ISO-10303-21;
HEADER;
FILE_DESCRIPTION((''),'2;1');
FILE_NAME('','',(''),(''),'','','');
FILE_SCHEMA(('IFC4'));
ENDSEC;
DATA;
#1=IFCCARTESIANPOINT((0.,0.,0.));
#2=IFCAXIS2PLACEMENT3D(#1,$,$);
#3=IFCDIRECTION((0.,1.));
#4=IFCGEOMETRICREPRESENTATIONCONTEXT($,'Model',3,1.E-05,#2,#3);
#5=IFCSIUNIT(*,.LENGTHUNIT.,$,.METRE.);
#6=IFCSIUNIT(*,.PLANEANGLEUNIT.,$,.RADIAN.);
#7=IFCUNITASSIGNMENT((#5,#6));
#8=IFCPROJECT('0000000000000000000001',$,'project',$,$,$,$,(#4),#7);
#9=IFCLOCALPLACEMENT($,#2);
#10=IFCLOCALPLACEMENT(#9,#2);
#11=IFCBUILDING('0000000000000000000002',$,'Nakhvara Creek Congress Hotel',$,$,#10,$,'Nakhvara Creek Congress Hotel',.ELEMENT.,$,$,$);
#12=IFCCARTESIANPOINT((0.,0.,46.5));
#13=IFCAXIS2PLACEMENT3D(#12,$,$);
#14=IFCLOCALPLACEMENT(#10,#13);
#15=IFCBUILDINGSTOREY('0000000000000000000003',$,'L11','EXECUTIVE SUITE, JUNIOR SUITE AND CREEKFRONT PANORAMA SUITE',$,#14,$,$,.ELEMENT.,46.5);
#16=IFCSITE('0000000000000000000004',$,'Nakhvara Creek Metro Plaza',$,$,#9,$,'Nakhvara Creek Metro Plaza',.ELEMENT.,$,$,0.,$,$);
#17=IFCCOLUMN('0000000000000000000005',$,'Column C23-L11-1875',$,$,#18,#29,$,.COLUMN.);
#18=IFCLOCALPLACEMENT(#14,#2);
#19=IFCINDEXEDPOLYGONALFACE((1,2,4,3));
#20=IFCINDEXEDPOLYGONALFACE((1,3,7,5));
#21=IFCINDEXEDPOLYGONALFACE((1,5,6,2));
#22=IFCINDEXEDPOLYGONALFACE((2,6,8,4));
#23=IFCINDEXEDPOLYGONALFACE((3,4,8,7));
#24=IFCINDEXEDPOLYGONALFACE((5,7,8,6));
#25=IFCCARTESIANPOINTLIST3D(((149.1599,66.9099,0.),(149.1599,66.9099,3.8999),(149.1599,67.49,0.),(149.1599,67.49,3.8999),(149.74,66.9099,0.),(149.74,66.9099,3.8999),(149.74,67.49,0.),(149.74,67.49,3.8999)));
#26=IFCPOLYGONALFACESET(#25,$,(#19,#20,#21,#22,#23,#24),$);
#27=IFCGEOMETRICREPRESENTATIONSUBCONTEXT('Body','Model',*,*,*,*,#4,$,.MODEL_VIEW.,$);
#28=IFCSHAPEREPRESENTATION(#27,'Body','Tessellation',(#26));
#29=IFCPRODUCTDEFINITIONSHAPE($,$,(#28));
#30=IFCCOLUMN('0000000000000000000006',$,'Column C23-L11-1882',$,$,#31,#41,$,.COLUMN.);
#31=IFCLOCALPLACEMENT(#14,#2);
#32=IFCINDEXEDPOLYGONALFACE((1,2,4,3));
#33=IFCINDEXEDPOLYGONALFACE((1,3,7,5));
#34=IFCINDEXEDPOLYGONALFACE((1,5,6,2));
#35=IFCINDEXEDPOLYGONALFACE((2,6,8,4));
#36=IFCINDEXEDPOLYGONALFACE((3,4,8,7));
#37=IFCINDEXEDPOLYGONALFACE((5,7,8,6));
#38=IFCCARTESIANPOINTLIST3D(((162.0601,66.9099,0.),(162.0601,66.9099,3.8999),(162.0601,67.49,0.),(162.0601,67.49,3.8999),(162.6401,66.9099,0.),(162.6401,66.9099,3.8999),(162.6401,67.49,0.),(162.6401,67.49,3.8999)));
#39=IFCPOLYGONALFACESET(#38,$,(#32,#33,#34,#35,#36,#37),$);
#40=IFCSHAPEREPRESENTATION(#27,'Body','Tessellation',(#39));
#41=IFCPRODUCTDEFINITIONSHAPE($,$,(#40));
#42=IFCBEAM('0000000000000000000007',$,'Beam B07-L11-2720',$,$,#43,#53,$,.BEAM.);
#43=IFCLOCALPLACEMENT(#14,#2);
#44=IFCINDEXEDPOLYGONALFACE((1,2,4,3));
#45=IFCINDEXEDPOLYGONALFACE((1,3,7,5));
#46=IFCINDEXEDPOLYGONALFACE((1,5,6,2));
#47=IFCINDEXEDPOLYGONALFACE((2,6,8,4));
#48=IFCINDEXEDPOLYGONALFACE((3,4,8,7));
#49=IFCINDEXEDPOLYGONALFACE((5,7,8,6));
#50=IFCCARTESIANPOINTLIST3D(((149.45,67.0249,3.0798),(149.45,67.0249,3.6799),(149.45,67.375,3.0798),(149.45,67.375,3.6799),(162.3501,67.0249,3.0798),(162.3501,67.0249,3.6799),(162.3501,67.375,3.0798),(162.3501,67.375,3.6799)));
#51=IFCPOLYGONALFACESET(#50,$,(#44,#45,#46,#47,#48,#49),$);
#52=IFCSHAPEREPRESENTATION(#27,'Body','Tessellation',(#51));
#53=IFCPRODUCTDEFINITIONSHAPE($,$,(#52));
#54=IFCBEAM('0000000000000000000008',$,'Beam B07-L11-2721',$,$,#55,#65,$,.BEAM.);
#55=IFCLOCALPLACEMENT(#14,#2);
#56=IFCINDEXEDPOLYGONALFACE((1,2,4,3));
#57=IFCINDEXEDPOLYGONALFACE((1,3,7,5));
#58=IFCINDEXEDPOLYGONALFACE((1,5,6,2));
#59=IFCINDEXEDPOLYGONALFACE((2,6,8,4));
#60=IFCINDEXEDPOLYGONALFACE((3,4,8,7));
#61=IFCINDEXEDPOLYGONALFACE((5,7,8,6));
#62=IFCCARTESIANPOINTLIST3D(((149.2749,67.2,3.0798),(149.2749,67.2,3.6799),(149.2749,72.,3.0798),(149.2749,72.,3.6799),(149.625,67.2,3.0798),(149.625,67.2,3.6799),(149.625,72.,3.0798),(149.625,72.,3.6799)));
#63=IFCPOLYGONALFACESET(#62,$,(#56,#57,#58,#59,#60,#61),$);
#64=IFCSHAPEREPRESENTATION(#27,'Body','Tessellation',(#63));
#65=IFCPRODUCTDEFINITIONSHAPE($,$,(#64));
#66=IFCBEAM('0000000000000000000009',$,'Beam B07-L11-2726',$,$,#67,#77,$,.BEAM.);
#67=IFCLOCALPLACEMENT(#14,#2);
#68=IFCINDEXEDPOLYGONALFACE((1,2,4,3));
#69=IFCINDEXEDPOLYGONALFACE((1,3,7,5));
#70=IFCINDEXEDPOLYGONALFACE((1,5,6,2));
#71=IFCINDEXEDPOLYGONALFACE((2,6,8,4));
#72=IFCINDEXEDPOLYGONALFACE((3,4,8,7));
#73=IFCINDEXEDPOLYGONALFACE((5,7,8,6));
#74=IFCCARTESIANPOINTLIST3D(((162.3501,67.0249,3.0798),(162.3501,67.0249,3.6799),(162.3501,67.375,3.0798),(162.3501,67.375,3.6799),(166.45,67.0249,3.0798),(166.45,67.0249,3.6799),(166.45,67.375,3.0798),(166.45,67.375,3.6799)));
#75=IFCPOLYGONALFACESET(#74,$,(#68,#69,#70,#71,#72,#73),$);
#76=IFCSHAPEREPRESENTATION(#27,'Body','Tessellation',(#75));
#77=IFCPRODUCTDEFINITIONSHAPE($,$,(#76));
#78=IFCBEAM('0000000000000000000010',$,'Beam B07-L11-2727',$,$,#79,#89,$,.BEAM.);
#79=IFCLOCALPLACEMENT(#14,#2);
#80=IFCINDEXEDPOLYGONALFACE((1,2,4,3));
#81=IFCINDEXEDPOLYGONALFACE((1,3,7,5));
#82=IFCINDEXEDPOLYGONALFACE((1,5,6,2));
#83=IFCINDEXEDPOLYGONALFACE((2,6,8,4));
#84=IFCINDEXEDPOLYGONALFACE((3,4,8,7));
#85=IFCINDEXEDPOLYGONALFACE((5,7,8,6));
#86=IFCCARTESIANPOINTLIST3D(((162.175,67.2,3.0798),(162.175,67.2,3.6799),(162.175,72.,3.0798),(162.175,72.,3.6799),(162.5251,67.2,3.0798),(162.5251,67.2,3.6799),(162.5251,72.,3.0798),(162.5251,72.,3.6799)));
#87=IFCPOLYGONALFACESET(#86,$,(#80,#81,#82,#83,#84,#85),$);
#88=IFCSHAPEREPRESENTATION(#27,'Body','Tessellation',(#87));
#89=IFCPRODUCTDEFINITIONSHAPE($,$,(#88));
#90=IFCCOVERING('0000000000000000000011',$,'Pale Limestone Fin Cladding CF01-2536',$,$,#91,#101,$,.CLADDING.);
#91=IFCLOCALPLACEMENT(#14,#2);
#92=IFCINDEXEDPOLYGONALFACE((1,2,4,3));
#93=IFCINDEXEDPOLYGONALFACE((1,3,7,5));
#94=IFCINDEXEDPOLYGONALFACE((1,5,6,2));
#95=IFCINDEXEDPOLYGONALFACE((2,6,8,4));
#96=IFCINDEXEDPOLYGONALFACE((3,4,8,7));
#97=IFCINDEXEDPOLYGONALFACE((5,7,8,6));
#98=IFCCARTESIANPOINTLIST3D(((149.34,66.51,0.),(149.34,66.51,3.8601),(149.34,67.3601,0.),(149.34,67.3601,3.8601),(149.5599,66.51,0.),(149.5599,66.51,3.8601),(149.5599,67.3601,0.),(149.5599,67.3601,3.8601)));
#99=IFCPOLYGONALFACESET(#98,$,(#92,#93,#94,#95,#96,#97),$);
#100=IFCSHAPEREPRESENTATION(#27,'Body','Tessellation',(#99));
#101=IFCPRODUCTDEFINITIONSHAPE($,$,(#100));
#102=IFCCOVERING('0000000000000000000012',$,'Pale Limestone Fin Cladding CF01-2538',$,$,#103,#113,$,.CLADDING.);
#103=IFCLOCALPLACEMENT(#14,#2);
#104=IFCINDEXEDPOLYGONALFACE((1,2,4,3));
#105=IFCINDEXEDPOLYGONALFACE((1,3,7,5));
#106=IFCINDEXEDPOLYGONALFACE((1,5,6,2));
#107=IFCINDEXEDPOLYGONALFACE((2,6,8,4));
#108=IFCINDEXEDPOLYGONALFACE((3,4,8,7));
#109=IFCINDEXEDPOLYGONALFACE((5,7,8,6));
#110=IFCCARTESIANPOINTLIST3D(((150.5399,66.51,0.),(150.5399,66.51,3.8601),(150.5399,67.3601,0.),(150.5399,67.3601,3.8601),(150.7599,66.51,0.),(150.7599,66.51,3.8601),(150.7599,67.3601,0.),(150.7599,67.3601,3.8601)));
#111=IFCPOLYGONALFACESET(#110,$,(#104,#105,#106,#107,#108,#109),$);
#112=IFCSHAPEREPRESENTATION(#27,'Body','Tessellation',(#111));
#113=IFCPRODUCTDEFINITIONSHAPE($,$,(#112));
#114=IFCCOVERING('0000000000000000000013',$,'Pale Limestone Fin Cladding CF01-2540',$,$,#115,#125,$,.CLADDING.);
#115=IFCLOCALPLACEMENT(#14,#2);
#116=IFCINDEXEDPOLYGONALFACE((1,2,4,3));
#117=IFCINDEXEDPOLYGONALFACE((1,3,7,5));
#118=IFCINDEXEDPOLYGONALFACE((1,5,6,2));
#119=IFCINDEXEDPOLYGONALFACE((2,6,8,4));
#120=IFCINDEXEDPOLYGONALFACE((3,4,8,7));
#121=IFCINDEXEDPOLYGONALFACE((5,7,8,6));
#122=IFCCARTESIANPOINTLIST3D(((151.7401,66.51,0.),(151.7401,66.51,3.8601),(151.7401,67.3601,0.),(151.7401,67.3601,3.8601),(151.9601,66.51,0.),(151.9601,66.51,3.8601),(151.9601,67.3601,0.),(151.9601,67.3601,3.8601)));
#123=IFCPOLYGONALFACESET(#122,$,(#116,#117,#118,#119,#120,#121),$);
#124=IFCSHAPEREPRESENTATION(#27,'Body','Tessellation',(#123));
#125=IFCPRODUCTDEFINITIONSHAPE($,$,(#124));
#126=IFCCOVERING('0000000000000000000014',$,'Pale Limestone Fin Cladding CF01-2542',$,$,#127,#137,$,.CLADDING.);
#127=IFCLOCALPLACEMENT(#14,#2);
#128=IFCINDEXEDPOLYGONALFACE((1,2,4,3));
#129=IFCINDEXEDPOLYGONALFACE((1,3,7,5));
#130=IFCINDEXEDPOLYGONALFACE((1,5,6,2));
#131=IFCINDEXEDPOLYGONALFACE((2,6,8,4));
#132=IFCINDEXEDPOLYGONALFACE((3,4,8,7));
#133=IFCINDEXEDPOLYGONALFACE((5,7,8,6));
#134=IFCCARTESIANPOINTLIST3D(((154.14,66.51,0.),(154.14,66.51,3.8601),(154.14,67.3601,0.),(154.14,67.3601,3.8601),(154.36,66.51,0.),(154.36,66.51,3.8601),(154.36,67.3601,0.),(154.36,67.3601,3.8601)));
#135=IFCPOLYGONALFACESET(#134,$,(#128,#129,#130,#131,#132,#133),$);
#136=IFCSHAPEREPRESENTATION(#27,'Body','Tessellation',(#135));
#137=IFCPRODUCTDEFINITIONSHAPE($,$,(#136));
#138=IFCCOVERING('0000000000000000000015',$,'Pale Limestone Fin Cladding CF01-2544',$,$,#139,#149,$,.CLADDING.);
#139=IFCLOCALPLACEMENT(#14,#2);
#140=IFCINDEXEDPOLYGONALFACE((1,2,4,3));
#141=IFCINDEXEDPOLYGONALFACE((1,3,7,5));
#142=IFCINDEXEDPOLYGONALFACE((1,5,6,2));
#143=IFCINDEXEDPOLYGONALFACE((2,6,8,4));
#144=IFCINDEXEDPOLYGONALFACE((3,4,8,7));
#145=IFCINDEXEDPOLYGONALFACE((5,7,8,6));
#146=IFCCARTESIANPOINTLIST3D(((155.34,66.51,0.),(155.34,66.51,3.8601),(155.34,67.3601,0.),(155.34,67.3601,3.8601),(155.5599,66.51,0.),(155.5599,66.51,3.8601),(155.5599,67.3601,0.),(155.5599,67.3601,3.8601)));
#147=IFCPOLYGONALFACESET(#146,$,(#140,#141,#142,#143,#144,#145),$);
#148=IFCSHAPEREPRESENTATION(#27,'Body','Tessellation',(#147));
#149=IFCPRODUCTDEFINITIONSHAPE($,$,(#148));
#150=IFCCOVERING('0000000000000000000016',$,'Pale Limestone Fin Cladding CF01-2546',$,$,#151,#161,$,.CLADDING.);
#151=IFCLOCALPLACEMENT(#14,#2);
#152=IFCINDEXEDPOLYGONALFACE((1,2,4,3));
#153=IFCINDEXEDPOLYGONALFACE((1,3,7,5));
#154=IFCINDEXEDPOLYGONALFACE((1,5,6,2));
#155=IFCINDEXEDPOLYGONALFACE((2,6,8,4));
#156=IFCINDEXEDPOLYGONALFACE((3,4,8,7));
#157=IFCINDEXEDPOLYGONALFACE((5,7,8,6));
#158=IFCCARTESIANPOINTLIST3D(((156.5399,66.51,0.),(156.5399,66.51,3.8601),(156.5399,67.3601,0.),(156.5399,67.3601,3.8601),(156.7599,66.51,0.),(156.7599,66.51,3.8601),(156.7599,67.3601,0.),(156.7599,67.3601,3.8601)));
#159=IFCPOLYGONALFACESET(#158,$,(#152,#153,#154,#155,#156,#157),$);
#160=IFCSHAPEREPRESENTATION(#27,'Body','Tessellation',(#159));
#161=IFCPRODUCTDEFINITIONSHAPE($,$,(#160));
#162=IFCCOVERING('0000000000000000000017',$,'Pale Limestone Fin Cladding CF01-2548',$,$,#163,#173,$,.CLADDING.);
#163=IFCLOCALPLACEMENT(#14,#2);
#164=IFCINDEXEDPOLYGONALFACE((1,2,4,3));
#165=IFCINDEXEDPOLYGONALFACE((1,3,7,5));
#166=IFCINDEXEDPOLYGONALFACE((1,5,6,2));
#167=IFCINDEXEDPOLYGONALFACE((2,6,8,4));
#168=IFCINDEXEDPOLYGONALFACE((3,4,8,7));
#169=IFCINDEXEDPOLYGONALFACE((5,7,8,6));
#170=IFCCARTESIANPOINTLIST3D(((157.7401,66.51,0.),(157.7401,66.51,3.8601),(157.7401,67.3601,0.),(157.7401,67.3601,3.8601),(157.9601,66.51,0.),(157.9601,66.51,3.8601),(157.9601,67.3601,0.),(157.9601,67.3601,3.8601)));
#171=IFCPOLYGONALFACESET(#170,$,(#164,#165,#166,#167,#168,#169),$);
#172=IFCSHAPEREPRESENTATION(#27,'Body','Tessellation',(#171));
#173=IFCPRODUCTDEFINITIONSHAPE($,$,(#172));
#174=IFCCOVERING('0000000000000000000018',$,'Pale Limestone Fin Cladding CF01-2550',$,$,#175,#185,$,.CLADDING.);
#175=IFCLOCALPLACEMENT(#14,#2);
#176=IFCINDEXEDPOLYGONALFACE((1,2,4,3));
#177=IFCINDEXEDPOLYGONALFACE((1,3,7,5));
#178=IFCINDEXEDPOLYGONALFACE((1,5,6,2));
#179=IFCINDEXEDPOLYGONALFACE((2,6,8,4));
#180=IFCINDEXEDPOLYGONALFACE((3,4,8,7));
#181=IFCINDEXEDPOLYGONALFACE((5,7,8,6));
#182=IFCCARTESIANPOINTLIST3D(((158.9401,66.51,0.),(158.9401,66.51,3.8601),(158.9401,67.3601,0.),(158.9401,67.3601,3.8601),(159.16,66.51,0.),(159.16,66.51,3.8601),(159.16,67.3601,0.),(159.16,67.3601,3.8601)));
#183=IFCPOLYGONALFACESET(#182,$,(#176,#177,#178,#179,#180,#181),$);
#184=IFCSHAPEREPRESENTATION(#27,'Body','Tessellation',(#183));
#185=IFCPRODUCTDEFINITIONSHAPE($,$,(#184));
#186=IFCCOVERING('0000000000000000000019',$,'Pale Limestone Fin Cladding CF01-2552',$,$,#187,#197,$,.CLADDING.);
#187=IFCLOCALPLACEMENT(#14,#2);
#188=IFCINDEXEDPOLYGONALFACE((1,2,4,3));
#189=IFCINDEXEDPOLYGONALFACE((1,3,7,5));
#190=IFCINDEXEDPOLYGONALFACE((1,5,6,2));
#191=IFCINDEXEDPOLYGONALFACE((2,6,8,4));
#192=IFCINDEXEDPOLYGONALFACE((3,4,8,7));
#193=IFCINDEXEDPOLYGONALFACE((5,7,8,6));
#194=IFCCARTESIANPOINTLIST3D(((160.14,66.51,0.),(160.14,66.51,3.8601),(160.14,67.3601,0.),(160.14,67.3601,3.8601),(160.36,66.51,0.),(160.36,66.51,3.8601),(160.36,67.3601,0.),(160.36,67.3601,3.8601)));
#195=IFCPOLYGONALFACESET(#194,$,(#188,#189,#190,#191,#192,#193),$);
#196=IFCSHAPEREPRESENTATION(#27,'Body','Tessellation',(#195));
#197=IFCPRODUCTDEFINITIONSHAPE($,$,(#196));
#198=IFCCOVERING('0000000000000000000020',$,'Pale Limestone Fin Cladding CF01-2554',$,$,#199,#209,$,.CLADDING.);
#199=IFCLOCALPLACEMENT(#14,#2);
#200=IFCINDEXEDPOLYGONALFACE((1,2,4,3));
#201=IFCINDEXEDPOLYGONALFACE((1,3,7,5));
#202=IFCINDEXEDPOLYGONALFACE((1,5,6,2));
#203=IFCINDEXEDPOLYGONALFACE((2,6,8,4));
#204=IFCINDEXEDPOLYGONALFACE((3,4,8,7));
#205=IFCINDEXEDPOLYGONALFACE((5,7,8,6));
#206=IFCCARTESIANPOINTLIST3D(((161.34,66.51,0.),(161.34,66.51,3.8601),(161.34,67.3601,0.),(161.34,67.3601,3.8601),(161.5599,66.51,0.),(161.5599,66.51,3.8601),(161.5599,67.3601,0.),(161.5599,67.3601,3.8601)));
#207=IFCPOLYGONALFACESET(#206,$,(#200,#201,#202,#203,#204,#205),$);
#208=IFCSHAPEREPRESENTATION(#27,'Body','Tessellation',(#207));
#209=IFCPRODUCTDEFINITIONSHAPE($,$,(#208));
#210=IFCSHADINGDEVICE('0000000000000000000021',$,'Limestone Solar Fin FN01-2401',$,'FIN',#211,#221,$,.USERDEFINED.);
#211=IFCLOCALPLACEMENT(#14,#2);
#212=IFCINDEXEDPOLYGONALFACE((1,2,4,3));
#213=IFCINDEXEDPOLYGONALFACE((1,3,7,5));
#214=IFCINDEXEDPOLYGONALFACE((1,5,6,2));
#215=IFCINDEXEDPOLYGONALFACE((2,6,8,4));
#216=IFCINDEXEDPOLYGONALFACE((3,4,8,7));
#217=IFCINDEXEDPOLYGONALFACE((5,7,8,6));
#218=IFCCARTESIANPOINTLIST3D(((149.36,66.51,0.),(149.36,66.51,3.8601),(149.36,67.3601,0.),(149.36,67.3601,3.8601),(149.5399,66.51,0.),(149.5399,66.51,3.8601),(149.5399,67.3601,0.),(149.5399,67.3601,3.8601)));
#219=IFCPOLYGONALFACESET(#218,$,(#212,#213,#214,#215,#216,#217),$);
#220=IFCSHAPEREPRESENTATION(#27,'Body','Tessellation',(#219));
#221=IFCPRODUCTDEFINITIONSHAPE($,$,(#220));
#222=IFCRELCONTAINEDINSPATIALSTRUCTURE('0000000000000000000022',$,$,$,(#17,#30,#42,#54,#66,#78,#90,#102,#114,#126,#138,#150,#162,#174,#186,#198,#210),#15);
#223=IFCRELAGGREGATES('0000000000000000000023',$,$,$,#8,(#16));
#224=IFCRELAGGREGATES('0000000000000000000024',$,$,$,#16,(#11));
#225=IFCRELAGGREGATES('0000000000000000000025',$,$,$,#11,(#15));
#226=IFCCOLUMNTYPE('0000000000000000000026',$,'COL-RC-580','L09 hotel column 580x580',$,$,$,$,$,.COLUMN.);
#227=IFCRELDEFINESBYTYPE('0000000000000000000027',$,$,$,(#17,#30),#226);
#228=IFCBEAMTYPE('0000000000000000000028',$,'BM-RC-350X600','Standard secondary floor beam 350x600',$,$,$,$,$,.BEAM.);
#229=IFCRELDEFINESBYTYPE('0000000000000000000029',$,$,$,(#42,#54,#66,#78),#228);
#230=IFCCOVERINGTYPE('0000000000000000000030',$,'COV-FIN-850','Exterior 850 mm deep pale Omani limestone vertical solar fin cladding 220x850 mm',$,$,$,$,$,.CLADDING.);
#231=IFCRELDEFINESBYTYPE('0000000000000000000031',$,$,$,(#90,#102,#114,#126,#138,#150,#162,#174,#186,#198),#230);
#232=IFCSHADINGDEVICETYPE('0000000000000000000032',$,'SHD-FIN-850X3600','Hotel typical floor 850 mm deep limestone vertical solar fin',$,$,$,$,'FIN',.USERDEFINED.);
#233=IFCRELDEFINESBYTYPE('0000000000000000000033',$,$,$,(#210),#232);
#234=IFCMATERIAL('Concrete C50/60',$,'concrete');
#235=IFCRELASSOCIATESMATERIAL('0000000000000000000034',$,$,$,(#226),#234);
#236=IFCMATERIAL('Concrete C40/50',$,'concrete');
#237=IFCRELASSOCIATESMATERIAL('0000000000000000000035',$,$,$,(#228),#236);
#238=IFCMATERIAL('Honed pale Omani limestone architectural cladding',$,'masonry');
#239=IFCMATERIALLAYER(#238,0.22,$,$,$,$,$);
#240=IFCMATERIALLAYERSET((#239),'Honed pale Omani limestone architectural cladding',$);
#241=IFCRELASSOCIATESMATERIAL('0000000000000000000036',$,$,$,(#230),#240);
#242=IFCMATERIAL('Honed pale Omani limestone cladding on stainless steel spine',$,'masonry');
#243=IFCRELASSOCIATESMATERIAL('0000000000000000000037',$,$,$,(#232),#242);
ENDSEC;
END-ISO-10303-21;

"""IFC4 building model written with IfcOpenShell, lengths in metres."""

from ifc_helpers import new_model, si_unit, direction, frame, origin, origin_2d, place, context, subcontext, project, spatial, rectangle, extrude, material, layer, layer_set, material_profile, profile_set, type_object, element, save


model = new_model("IFC4")

# Units and contexts
model_context = context("Model", 3, precision=1e-05, world=origin(), true_north=direction((0.0, 1.0)))
body_context = subcontext(model_context, "Body", "Model", "MODEL_VIEW")
ifc_project = project(units=[si_unit("LENGTHUNIT", "METRE"), si_unit("PLANEANGLEUNIT", "RADIAN")], contexts=[model_context])

# Site, building, storey
site_placement = place(None, origin())
site = spatial("IfcSite", under=ifc_project, at=site_placement, Name="Nakhvara Creek Metro Plaza", LongName="Nakhvara Creek Metro Plaza", CompositionType="ELEMENT", RefElevation=0.0)
building_placement = place(site_placement, origin())
building = spatial("IfcBuilding", under=site, at=building_placement, Name="Nakhvara Creek Congress Hotel", LongName="Nakhvara Creek Congress Hotel", CompositionType="ELEMENT")
storey_placement = place(building_placement, frame((0.0, 0.0, 46.5)))
storey = spatial("IfcBuildingStorey", under=building, at=storey_placement, Name="L11", Description="EXECUTIVE SUITE, JUNIOR SUITE AND CREEKFRONT PANORAMA SUITE", CompositionType="ELEMENT", Elevation=46.5)

# Columns
ifc_material_1 = material(Name="Concrete C50/60", Category="concrete")
ifc_material_profile_1 = material_profile(ifc_material_1, rectangle(XDim=0.5801, YDim=0.5801, at=origin_2d()), Name="RC-COL 580x580", Category="LoadBearing")
ifc_profile_set_1 = profile_set([ifc_material_profile_1], Name="Concrete C50/60")
column_type = type_object("IfcColumnType", Name="COL-RC-580", Description="L09 hotel column 580x580", PredefinedType="COLUMN", material=ifc_profile_set_1)
for number, where, z_axis, x_axis, name in (
    (1, (149.45, 67.2, 0.0), (0.0, 0.0, 1.0), (1.0, 0.0, 0.0), "Column C23-L11-1875"),
    (2, (162.3501, 67.2, 0.0), (0.0, 0.0, 1.0), (1.0, 0.0, 0.0), "Column C23-L11-1882"),
):
    element("IfcColumn", number, at=place(storey_placement, frame(where, z_axis=z_axis, x_axis=x_axis)), inside=storey, type_object=column_type, Name=name, PredefinedType="COLUMN", context=body_context, shape_type="SweptSolid", body=[
        extrude(rectangle(XDim=0.5801, YDim=0.5801, at=origin_2d()), origin(), (0.0, 0.0, 1.0), 3.8999),
    ])

# Beams
ifc_material_2 = material(Name="Concrete C40/50", Category="concrete")
ifc_material_profile_2 = material_profile(ifc_material_2, rectangle(XDim=0.3501, YDim=0.6001, at=origin_2d()), Name="RC-BM 350x600", Category="LoadBearing")
ifc_profile_set_2 = profile_set([ifc_material_profile_2], Name="Concrete C40/50")
beam_type = type_object("IfcBeamType", Name="BM-RC-350X600", Description="Standard secondary floor beam 350x600", PredefinedType="BEAM", material=ifc_profile_set_2)
beam_1_placement = place(storey_placement, frame((149.45, 67.2, 3.3799), z_axis=(1.0, 0.0, 0.0), x_axis=(0.0, 1.0, 0.0)))
element("IfcBeam", 3, at=beam_1_placement, inside=storey, type_object=beam_type, Name="Beam B07-L11-2720", PredefinedType="BEAM", context=body_context, shape_type="SweptSolid", body=[
    extrude(rectangle(XDim=0.3501, YDim=0.6001, at=origin_2d()), origin(), (0.0, 0.0, 1.0), 12.9001),
])
beam_2_placement = place(storey_placement, frame((149.45, 67.2, 3.3799), z_axis=(0.0, 1.0, 0.0), x_axis=(-1.0, 0.0, 0.0)))
element("IfcBeam", 4, at=beam_2_placement, inside=storey, type_object=beam_type, Name="Beam B07-L11-2721", PredefinedType="BEAM", context=body_context, shape_type="SweptSolid", body=[
    extrude(rectangle(XDim=0.3501, YDim=0.6001, at=origin_2d()), origin(), (0.0, 0.0, 1.0), 4.8),
])
beam_3_placement = place(storey_placement, frame((162.3501, 67.2, 3.3799), z_axis=(1.0, 0.0, 0.0), x_axis=(0.0, 1.0, 0.0)))
element("IfcBeam", 5, at=beam_3_placement, inside=storey, type_object=beam_type, Name="Beam B07-L11-2726", PredefinedType="BEAM", context=body_context, shape_type="SweptSolid", body=[
    extrude(rectangle(XDim=0.3501, YDim=0.6001, at=origin_2d()), origin(), (0.0, 0.0, 1.0), 4.0999),
])
beam_4_placement = place(storey_placement, frame((162.3501, 67.2, 3.3799), z_axis=(0.0, 1.0, 0.0), x_axis=(-1.0, 0.0, 0.0)))
element("IfcBeam", 6, at=beam_4_placement, inside=storey, type_object=beam_type, Name="Beam B07-L11-2727", PredefinedType="BEAM", context=body_context, shape_type="SweptSolid", body=[
    extrude(rectangle(XDim=0.3501, YDim=0.6001, at=origin_2d()), origin(), (0.0, 0.0, 1.0), 4.8),
])

# Coverings
ifc_material_3 = material(Name="Honed pale Omani limestone architectural cladding", Category="masonry")
ifc_layer = layer(ifc_material_3, 0.22)
ifc_layer_set = layer_set([ifc_layer], Name="Honed pale Omani limestone architectural cladding")
covering_type = type_object("IfcCoveringType", Name="COV-FIN-850", Description="Exterior 850 mm deep pale Omani limestone vertical solar fin cladding 220x850 mm", PredefinedType="CLADDING", material=ifc_layer_set)
for number, where, z_axis, x_axis, name in (
    (7, (149.45, 66.9351, 0.0), (0.0, 0.0, 1.0), (1.0, 0.0, 0.0), "Pale Limestone Fin Cladding CF01-2536"),
    (8, (150.6499, 66.9351, 0.0), (0.0, 0.0, 1.0), (1.0, 0.0, 0.0), "Pale Limestone Fin Cladding CF01-2538"),
    (9, (151.8501, 66.9351, 0.0), (0.0, 0.0, 1.0), (1.0, 0.0, 0.0), "Pale Limestone Fin Cladding CF01-2540"),
    (10, (154.25, 66.9351, 0.0), (0.0, 0.0, 1.0), (1.0, 0.0, 0.0), "Pale Limestone Fin Cladding CF01-2542"),
    (11, (155.45, 66.9351, 0.0), (0.0, 0.0, 1.0), (1.0, 0.0, 0.0), "Pale Limestone Fin Cladding CF01-2544"),
    (12, (156.6499, 66.9351, 0.0), (0.0, 0.0, 1.0), (1.0, 0.0, 0.0), "Pale Limestone Fin Cladding CF01-2546"),
    (13, (157.8501, 66.9351, 0.0), (0.0, 0.0, 1.0), (1.0, 0.0, 0.0), "Pale Limestone Fin Cladding CF01-2548"),
    (14, (159.05, 66.9351, 0.0), (0.0, 0.0, 1.0), (1.0, 0.0, 0.0), "Pale Limestone Fin Cladding CF01-2550"),
    (15, (160.25, 66.9351, 0.0), (0.0, 0.0, 1.0), (1.0, 0.0, 0.0), "Pale Limestone Fin Cladding CF01-2552"),
    (16, (161.45, 66.9351, 0.0), (0.0, 0.0, 1.0), (1.0, 0.0, 0.0), "Pale Limestone Fin Cladding CF01-2554"),
):
    element("IfcCovering", number, at=place(storey_placement, frame(where, z_axis=z_axis, x_axis=x_axis)), inside=storey, type_object=covering_type, Name=name, PredefinedType="CLADDING", context=body_context, shape_type="SweptSolid", body=[
        extrude(rectangle(XDim=0.22, YDim=0.8501, at=origin_2d()), origin(), (0.0, 0.0, 1.0), 3.8601),
    ])

# Shading device
ifc_material_4 = material(Name="Honed pale Omani limestone cladding on stainless steel spine", Category="masonry")
shading_device_type = type_object("IfcShadingDeviceType", Name="SHD-FIN-850X3600", Description="Hotel typical floor 850 mm deep limestone vertical solar fin", ElementType="FIN", PredefinedType="USERDEFINED", material=ifc_material_4)
for number, where, z_axis, x_axis, name in (
    (17, (149.45, 66.9351, 0.0), (0.0, 0.0, 1.0), (1.0, 0.0, 0.0), "Limestone Solar Fin FN01-2401"),
):
    element("IfcShadingDevice", number, at=place(storey_placement, frame(where, z_axis=z_axis, x_axis=x_axis)), inside=storey, type_object=shading_device_type, Name=name, ObjectType="FIN", PredefinedType="USERDEFINED", context=body_context, shape_type="SweptSolid", body=[
        extrude(rectangle(XDim=0.1799, YDim=0.8501, at=origin_2d()), origin(), (0.0, 0.0, 1.0), 3.8601),
    ])

save(model, "model.ifc")
